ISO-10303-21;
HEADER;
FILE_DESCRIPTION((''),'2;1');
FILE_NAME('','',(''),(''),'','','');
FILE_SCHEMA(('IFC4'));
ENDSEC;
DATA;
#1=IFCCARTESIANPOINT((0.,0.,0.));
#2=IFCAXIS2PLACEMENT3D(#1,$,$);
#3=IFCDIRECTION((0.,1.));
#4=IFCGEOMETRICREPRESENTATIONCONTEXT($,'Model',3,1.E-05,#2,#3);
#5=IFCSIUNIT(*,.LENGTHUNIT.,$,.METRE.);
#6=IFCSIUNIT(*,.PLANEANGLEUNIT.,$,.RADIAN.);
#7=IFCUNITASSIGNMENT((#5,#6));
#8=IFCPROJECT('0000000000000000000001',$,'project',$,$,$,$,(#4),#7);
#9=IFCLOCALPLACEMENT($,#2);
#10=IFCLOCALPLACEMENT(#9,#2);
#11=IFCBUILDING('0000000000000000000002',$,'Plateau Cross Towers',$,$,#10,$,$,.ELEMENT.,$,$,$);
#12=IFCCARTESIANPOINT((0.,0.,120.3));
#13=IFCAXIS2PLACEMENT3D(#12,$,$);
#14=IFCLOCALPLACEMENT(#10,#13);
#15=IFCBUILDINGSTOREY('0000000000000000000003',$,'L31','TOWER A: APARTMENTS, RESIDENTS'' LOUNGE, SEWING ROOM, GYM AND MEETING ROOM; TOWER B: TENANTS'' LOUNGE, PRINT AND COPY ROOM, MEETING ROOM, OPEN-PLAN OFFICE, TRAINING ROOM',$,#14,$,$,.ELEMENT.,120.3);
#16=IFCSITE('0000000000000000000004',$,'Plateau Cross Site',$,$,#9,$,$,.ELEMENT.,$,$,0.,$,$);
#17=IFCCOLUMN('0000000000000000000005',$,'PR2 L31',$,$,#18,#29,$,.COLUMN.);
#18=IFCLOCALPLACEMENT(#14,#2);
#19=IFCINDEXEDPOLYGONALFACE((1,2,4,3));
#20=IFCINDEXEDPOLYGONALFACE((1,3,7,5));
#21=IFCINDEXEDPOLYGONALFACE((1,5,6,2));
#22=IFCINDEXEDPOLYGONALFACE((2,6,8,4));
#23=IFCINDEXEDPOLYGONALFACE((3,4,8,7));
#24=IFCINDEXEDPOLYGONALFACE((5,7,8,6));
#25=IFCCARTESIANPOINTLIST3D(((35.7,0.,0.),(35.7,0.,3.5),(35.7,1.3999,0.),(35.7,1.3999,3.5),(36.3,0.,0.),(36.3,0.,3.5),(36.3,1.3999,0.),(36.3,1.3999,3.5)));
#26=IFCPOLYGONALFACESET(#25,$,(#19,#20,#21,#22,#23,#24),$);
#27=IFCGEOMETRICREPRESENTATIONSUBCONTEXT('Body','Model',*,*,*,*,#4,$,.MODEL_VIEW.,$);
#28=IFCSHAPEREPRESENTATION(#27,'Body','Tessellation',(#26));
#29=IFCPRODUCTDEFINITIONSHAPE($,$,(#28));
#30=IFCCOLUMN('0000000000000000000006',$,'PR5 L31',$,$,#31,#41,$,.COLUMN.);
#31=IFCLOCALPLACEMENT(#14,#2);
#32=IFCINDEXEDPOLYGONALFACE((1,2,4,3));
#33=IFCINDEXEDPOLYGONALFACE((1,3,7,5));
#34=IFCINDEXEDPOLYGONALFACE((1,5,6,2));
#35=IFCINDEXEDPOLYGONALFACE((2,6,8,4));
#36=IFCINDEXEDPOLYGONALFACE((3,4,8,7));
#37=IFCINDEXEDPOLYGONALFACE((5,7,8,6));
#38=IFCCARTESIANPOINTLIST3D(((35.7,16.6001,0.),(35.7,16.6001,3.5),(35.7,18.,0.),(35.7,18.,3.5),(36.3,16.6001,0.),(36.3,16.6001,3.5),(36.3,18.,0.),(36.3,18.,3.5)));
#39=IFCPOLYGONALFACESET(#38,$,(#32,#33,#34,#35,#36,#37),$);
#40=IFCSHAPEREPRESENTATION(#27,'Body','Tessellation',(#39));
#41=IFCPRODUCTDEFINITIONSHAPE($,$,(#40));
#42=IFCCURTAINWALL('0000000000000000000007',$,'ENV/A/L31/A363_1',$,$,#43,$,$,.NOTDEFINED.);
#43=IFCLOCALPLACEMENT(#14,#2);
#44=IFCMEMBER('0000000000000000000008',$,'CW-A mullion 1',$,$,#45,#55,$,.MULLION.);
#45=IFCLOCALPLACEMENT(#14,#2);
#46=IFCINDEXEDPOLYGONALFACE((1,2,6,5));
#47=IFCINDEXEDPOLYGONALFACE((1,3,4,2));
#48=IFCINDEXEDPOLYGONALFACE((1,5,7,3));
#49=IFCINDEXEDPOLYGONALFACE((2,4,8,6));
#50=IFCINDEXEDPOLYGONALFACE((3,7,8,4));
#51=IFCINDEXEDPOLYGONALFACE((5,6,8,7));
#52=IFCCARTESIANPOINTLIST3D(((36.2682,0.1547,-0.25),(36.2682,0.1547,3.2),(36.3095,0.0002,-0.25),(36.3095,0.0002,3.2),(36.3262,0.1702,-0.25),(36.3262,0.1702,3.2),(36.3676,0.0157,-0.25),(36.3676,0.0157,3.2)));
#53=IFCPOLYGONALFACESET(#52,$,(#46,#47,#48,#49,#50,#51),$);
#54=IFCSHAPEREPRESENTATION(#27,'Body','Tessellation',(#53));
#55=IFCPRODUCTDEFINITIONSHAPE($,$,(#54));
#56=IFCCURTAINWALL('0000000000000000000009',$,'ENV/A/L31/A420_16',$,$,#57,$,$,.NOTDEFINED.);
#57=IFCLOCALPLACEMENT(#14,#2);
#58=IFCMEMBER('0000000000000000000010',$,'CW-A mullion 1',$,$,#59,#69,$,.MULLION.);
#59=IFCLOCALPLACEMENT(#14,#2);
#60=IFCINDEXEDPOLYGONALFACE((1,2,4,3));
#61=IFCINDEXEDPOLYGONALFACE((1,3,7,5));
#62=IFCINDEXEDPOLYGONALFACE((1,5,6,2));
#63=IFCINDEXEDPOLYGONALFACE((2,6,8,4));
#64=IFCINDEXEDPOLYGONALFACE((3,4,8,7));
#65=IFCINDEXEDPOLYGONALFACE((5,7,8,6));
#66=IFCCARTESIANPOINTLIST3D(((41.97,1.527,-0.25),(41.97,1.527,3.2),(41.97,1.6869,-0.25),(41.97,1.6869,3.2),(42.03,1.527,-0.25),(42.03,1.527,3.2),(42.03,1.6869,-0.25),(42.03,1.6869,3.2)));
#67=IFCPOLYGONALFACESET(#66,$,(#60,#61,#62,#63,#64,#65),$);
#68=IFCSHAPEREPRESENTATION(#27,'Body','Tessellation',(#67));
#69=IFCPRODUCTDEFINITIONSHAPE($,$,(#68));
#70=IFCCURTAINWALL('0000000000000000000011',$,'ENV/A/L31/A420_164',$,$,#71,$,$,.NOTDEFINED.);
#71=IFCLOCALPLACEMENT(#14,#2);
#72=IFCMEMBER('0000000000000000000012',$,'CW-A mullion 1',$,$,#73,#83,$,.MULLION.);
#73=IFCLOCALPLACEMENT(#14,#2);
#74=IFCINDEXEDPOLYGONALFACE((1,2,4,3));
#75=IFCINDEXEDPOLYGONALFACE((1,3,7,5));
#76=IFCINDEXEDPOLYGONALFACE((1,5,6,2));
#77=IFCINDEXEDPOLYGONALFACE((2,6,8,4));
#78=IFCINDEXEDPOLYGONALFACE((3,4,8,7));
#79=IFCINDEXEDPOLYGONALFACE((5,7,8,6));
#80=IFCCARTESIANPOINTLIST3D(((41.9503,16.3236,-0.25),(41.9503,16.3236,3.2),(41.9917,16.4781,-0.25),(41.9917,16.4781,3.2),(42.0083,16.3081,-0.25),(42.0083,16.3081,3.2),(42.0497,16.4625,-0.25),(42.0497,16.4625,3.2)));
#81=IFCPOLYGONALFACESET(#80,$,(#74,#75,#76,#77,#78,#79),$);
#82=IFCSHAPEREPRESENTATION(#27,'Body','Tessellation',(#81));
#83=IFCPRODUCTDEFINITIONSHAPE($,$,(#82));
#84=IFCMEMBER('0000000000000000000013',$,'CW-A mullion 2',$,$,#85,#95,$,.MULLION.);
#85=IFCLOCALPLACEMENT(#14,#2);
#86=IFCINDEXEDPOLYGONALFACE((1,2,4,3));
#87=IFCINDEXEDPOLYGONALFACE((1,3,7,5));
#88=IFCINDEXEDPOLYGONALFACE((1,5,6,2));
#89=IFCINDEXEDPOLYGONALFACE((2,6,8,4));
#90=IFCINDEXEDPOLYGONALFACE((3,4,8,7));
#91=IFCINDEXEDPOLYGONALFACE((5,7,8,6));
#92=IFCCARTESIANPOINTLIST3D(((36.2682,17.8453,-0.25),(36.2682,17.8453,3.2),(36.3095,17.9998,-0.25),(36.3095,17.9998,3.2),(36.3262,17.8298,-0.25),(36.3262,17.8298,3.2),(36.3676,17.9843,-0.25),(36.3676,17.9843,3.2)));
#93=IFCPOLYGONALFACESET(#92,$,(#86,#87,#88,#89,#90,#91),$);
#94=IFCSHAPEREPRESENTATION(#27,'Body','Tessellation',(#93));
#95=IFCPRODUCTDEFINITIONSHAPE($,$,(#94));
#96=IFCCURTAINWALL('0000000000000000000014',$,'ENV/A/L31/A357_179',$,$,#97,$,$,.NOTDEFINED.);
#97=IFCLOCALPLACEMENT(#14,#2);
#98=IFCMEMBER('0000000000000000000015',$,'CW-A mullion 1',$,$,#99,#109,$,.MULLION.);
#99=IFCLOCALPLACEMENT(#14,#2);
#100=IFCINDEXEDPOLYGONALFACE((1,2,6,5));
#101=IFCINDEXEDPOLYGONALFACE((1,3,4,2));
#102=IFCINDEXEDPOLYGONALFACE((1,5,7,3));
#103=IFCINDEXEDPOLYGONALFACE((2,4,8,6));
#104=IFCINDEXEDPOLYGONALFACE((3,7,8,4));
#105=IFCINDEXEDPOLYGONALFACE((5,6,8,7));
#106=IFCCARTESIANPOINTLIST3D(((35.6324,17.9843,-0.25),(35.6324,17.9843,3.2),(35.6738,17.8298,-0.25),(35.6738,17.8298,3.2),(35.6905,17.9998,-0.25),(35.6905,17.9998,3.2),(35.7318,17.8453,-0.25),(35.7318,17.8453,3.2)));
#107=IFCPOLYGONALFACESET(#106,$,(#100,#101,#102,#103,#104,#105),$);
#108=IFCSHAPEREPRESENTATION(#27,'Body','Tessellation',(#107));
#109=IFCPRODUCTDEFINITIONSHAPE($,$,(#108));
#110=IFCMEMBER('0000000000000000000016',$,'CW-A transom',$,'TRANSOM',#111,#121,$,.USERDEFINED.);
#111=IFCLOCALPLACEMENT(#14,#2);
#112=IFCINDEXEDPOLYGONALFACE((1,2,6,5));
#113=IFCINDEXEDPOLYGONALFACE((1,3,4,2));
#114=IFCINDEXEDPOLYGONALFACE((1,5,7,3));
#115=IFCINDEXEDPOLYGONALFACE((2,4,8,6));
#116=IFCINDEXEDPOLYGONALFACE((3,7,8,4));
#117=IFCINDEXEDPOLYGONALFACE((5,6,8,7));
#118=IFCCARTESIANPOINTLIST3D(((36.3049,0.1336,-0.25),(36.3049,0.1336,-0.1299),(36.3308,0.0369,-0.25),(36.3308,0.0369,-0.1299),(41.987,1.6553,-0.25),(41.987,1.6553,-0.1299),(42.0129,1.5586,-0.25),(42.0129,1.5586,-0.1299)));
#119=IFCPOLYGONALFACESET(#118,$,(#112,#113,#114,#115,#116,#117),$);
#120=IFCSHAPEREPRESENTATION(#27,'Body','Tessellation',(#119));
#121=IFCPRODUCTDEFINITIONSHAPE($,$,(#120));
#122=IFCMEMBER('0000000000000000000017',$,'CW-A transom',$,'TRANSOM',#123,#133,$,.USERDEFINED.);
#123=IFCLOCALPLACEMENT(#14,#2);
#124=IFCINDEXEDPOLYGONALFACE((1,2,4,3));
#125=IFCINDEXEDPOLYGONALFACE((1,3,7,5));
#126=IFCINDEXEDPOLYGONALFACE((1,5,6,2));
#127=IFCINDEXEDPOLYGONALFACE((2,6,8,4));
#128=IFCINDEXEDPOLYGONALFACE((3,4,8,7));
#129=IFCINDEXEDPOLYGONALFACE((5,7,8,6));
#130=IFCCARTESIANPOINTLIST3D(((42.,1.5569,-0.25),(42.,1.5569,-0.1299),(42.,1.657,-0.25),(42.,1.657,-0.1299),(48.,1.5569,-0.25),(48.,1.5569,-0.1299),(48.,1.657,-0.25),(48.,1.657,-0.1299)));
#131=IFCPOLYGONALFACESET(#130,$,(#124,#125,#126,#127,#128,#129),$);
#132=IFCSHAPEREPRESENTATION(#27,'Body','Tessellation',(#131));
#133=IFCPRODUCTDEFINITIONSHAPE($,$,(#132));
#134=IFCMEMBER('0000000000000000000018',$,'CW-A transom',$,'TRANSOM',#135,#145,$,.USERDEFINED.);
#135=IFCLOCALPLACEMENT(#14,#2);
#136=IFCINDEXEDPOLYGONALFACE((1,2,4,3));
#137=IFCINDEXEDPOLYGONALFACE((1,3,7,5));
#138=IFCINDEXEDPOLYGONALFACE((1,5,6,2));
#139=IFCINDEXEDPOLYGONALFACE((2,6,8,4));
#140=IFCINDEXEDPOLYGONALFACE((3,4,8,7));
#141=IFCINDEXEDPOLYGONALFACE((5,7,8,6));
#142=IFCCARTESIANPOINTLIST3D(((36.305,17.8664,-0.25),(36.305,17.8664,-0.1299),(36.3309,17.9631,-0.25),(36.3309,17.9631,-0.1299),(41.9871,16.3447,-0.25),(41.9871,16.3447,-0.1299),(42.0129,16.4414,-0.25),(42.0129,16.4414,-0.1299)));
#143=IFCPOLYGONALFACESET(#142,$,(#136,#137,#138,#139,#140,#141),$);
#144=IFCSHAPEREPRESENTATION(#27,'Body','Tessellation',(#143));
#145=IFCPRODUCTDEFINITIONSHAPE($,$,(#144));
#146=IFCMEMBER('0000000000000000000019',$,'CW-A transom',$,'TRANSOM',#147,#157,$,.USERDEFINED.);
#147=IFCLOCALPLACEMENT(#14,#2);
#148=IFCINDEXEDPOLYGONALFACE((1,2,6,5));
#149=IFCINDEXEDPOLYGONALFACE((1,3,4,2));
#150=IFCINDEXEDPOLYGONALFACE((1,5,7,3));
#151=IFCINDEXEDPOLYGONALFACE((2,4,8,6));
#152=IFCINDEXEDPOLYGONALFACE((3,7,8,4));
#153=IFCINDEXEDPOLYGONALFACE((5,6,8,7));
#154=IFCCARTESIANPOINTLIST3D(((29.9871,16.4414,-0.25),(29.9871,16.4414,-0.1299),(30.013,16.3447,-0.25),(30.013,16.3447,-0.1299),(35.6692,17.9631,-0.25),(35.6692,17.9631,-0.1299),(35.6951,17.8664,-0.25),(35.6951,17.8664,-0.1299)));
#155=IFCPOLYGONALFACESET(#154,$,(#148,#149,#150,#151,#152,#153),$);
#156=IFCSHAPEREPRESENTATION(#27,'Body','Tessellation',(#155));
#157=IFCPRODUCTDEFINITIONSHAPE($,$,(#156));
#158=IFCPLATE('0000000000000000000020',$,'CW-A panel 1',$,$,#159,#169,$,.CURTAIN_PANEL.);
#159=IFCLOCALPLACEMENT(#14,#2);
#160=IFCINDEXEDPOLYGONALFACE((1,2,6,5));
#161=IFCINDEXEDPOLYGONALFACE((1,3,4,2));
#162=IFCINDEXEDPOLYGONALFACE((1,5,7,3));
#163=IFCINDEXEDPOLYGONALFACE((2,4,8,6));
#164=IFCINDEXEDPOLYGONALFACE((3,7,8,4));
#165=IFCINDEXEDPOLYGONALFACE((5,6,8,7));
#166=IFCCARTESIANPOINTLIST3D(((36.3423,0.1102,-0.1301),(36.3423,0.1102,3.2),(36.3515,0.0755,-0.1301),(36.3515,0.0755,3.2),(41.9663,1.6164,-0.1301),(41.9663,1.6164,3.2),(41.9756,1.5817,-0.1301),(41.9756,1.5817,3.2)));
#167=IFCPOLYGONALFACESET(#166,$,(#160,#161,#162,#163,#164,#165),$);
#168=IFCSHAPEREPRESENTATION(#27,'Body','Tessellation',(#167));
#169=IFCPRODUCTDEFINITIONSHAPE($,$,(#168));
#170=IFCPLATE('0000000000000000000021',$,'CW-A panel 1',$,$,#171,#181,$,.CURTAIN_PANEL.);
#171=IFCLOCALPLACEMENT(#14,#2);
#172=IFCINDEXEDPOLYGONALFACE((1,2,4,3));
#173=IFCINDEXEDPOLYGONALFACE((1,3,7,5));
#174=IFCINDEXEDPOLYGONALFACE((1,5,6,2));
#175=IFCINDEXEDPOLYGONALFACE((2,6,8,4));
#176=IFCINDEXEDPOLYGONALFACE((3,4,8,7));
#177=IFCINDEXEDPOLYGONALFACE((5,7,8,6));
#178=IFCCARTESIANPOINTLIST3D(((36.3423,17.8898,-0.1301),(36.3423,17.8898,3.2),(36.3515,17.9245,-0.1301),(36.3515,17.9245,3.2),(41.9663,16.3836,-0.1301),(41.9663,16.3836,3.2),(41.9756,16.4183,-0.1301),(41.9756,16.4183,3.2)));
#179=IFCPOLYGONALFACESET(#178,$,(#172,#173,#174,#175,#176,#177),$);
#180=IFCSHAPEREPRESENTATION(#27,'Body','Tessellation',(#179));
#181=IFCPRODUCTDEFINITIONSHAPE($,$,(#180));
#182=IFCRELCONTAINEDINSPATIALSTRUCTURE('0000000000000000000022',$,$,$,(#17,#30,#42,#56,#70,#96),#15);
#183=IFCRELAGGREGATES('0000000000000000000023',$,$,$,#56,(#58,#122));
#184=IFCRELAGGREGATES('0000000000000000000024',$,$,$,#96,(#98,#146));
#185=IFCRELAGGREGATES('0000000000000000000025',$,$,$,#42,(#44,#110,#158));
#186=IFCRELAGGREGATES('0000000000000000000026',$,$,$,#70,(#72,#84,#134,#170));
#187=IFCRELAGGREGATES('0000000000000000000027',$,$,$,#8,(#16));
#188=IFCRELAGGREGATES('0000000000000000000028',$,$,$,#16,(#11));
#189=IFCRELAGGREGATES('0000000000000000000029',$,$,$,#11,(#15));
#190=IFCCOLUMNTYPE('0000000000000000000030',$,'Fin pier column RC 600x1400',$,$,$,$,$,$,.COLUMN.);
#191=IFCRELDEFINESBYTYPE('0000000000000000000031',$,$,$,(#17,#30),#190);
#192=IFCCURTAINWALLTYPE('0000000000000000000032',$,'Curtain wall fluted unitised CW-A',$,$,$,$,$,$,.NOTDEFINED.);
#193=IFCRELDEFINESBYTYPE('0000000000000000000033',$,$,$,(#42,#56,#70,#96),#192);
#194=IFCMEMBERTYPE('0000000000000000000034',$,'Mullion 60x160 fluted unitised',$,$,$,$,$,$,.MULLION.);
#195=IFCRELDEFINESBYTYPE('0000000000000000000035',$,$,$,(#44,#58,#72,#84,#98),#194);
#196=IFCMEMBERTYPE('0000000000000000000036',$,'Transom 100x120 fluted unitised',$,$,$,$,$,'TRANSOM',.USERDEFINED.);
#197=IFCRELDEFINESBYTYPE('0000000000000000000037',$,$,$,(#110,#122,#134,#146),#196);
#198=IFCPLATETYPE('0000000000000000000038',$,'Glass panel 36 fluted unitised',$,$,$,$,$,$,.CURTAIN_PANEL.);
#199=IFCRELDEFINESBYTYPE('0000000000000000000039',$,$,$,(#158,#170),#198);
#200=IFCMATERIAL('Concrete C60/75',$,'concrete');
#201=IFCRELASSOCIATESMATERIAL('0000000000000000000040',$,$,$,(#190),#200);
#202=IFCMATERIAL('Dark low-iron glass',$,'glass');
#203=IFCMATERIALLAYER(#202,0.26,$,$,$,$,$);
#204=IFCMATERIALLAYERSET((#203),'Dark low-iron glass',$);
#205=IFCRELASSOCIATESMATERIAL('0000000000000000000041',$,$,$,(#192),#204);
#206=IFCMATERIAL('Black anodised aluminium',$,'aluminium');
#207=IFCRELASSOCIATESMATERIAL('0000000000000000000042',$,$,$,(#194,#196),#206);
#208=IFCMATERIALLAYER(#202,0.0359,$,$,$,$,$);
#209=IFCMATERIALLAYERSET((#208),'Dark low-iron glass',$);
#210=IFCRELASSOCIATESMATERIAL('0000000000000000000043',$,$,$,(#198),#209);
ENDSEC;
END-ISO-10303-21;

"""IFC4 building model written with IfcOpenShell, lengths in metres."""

from ifc_helpers import new_model, si_unit, direction, frame, origin, origin_2d, place, context, subcontext, project, spatial, rectangle, extrude, material, layer, layer_set, material_profile, profile_set, type_object, element, aggregate, save


model = new_model("IFC4")

# Units and contexts
model_context = context("Model", 3, precision=1e-05, world=origin(), true_north=direction((0.0, 1.0)))
body_context = subcontext(model_context, "Body", "Model", "MODEL_VIEW")
ifc_project = project(units=[si_unit("LENGTHUNIT", "METRE"), si_unit("PLANEANGLEUNIT", "RADIAN")], contexts=[model_context])

# Site, building, storey
site_placement = place(None, origin())
site = spatial("IfcSite", under=ifc_project, at=site_placement, Name="Plateau Cross Site", CompositionType="ELEMENT", RefElevation=0.0)
building_placement = place(site_placement, origin())
building = spatial("IfcBuilding", under=site, at=building_placement, Name="Plateau Cross Towers", CompositionType="ELEMENT")
storey_placement = place(building_placement, frame((0.0, 0.0, 120.3)))
storey = spatial("IfcBuildingStorey", under=building, at=storey_placement, Name="L31", Description="TOWER A: APARTMENTS, RESIDENTS' LOUNGE, SEWING ROOM, GYM AND MEETING ROOM; TOWER B: TENANTS' LOUNGE, PRINT AND COPY ROOM, MEETING ROOM, OPEN-PLAN OFFICE, TRAINING ROOM", CompositionType="ELEMENT", Elevation=120.3)

# Columns
ifc_material_1 = material(Name="Concrete C60/75", Category="concrete")
ifc_material_profile_1 = material_profile(ifc_material_1, rectangle(XDim=0.6001, YDim=1.3999, at=origin_2d()), Name="RC 600x1400")
ifc_profile_set_1 = profile_set([ifc_material_profile_1], Name="Concrete C60/75")
column_type = type_object("IfcColumnType", Name="Fin pier column RC 600x1400", PredefinedType="COLUMN", material=ifc_profile_set_1)
for number, where, z_axis, x_axis, name in (
    (1, (36.0, 0.7, 0.0), (0.0, 0.0, 1.0), (1.0, 0.0, 0.0), "PR2 L31"),
    (2, (36.0, 17.3, 0.0), (0.0, 0.0, 1.0), (1.0, 0.0, 0.0), "PR5 L31"),
):
    element("IfcColumn", number, at=place(storey_placement, frame(where, z_axis=z_axis, x_axis=x_axis)), inside=storey, type_object=column_type, Name=name, PredefinedType="COLUMN", context=body_context, shape_type="SweptSolid", body=[
        extrude(rectangle(XDim=0.6001, YDim=1.3999, at=origin_2d()), origin(), (0.0, 0.0, 1.0), 3.5),
    ])

# Curtain walls, members
ifc_material_2 = material(Name="Dark low-iron glass", Category="glass")
ifc_layer_1 = layer(ifc_material_2, 0.26)
ifc_layer_set_1 = layer_set([ifc_layer_1], Name="Dark low-iron glass")
curtain_wall_type = type_object("IfcCurtainWallType", Name="Curtain wall fluted unitised CW-A", PredefinedType="NOTDEFINED", material=ifc_layer_set_1)
curtain_wall_1_placement = place(storey_placement, origin())
curtain_wall_1 = element("IfcCurtainWall", 3, at=curtain_wall_1_placement, inside=storey, type_object=curtain_wall_type, Name="ENV/A/L31/A363_1", PredefinedType="NOTDEFINED")
ifc_material_3 = material(Name="Black anodised aluminium", Category="aluminium")
ifc_material_profile_2 = material_profile(ifc_material_3, rectangle(XDim=0.0601, YDim=0.1599, at=origin_2d()), Name="MULLION 60x160")
ifc_profile_set_2 = profile_set([ifc_material_profile_2], Name="Black anodised aluminium")
member_type_1 = type_object("IfcMemberType", Name="Mullion 60x160 fluted unitised", PredefinedType="MULLION", material=ifc_profile_set_2)
member_1_placement = place(storey_placement, frame((36.3179, 0.0852, -0.25), z_axis=(0.0, 0.0, 1.0), x_axis=(0.965958, 0.258699, 0.0)))
member_1 = element("IfcMember", 4, at=member_1_placement, type_object=member_type_1, Name="CW-A mullion 1", PredefinedType="MULLION", context=body_context, shape_type="SweptSolid", body=[
    extrude(rectangle(XDim=0.0601, YDim=0.1599, at=origin_2d()), origin(), (0.0, 0.0, 1.0), 3.45),
])
curtain_wall_2_placement = place(storey_placement, origin())
curtain_wall_2 = element("IfcCurtainWall", 5, at=curtain_wall_2_placement, inside=storey, type_object=curtain_wall_type, Name="ENV/A/L31/A420_16", PredefinedType="NOTDEFINED")
member_2_placement = place(storey_placement, frame((42.0, 1.6069, -0.25), z_axis=(0.0, 0.0, 1.0), x_axis=(1.0, 0.0, 0.0)))
member_2 = element("IfcMember", 6, at=member_2_placement, type_object=member_type_1, Name="CW-A mullion 1", PredefinedType="MULLION", context=body_context, shape_type="SweptSolid", body=[
    extrude(rectangle(XDim=0.0601, YDim=0.1599, at=origin_2d()), origin(), (0.0, 0.0, 1.0), 3.45),
])

# Curtain wall, members
curtain_wall_3_placement = place(storey_placement, origin())
curtain_wall_3 = element("IfcCurtainWall", 7, at=curtain_wall_3_placement, inside=storey, type_object=curtain_wall_type, Name="ENV/A/L31/A420_164", PredefinedType="NOTDEFINED")
member_3_placement = place(storey_placement, frame((42.0, 16.3931, -0.25), z_axis=(0.0, 0.0, 1.0), x_axis=(-0.965958, 0.258699, 0.0)))
member_3 = element("IfcMember", 8, at=member_3_placement, type_object=member_type_1, Name="CW-A mullion 1", PredefinedType="MULLION", context=body_context, shape_type="SweptSolid", body=[
    extrude(rectangle(XDim=0.0601, YDim=0.1599, at=origin_2d()), origin(), (0.0, 0.0, 1.0), 3.45),
])
member_4_placement = place(storey_placement, frame((36.3179, 17.9148, -0.25), z_axis=(0.0, 0.0, 1.0), x_axis=(-0.965958, 0.258699, 0.0)))
member_4 = element("IfcMember", 9, at=member_4_placement, type_object=member_type_1, Name="CW-A mullion 2", PredefinedType="MULLION", context=body_context, shape_type="SweptSolid", body=[
    extrude(rectangle(XDim=0.0601, YDim=0.1599, at=origin_2d()), origin(), (0.0, 0.0, 1.0), 3.45),
])

# Curtain wall, member
curtain_wall_4_placement = place(storey_placement, origin())
curtain_wall_4 = element("IfcCurtainWall", 10, at=curtain_wall_4_placement, inside=storey, type_object=curtain_wall_type, Name="ENV/A/L31/A357_179", PredefinedType="NOTDEFINED")
member_5_placement = place(storey_placement, frame((35.6821, 17.9148, -0.25), z_axis=(0.0, 0.0, 1.0), x_axis=(-0.965958, -0.258699, 0.0)))
member_5 = element("IfcMember", 11, at=member_5_placement, type_object=member_type_1, Name="CW-A mullion 1", PredefinedType="MULLION", context=body_context, shape_type="SweptSolid", body=[
    extrude(rectangle(XDim=0.0601, YDim=0.1599, at=origin_2d()), origin(), (0.0, 0.0, 1.0), 3.45),
])

# Members
ifc_material_profile_3 = material_profile(ifc_material_3, rectangle(XDim=0.1001, YDim=0.1201, at=origin_2d()), Name="TRANSOM 100x120")
ifc_profile_set_3 = profile_set([ifc_material_profile_3], Name="Black anodised aluminium")
member_type_2 = type_object("IfcMemberType", Name="Transom 100x120 fluted unitised", ElementType="TRANSOM", PredefinedType="USERDEFINED", material=ifc_profile_set_3)
member_6_placement = place(storey_placement, frame((36.3179, 0.0852, -0.1899), z_axis=(0.96596, 0.258693, 0.0), x_axis=(-0.258693, 0.96596, 0.0)))
member_6 = element("IfcMember", 12, at=member_6_placement, type_object=member_type_2, Name="CW-A transom", ObjectType="TRANSOM", PredefinedType="USERDEFINED", context=body_context, shape_type="SweptSolid", body=[
    extrude(rectangle(XDim=0.1001, YDim=0.1201, at=origin_2d()), origin(), (0.0, 0.0, 1.0), 5.8823),
])
member_7_placement = place(storey_placement, frame((42.0, 1.6069, -0.1899), z_axis=(1.0, 0.0, 0.0), x_axis=(0.0, 1.0, 0.0)))
member_7 = element("IfcMember", 13, at=member_7_placement, type_object=member_type_2, Name="CW-A transom", ObjectType="TRANSOM", PredefinedType="USERDEFINED", context=body_context, shape_type="SweptSolid", body=[
    extrude(rectangle(XDim=0.1001, YDim=0.1201, at=origin_2d()), origin(), (0.0, 0.0, 1.0), 6.0),
])
aggregate(curtain_wall_2, [member_2, member_7])
member_8_placement = place(storey_placement, frame((42.0, 16.3931, -0.1899), z_axis=(-0.96596, 0.258693, 0.0), x_axis=(-0.258693, -0.96596, 0.0)))
member_8 = element("IfcMember", 14, at=member_8_placement, type_object=member_type_2, Name="CW-A transom", ObjectType="TRANSOM", PredefinedType="USERDEFINED", context=body_context, shape_type="SweptSolid", body=[
    extrude(rectangle(XDim=0.1001, YDim=0.1201, at=origin_2d()), origin(), (0.0, 0.0, 1.0), 5.8823),
])
member_9_placement = place(storey_placement, frame((35.6821, 17.9148, -0.1899), z_axis=(-0.96596, -0.258693, 0.0), x_axis=(0.258693, -0.96596, 0.0)))
member_9 = element("IfcMember", 15, at=member_9_placement, type_object=member_type_2, Name="CW-A transom", ObjectType="TRANSOM", PredefinedType="USERDEFINED", context=body_context, shape_type="SweptSolid", body=[
    extrude(rectangle(XDim=0.1001, YDim=0.1201, at=origin_2d()), origin(), (0.0, 0.0, 1.0), 5.8823),
])
aggregate(curtain_wall_4, [member_5, member_9])

# Plates
ifc_layer_2 = layer(ifc_material_2, 0.0359)
ifc_layer_set_2 = layer_set([ifc_layer_2], Name="Dark low-iron glass")
plate_type = type_object("IfcPlateType", Name="Glass panel 36 fluted unitised", PredefinedType="CURTAIN_PANEL", material=ifc_layer_set_2)
plate_1_placement = place(storey_placement, frame((39.1589, 0.8459, -0.1301), z_axis=(0.0, 0.0, 1.0), x_axis=(0.965958, 0.258699, 0.0)))
plate_1 = element("IfcPlate", 16, at=plate_1_placement, type_object=plate_type, Name="CW-A panel 1", PredefinedType="CURTAIN_PANEL", context=body_context, shape_type="SweptSolid", body=[
    extrude(rectangle(XDim=5.8223, YDim=0.0359, at=origin_2d()), origin(), (0.0, 0.0, 1.0), 3.3301),
])
aggregate(curtain_wall_1, [member_1, member_6, plate_1])
plate_2_placement = place(storey_placement, frame((39.1589, 17.1541, -0.1301), z_axis=(0.0, 0.0, 1.0), x_axis=(-0.965958, 0.258699, 0.0)))
plate_2 = element("IfcPlate", 17, at=plate_2_placement, type_object=plate_type, Name="CW-A panel 1", PredefinedType="CURTAIN_PANEL", context=body_context, shape_type="SweptSolid", body=[
    extrude(rectangle(XDim=5.8223, YDim=0.0359, at=origin_2d()), origin(), (0.0, 0.0, 1.0), 3.3301),
])
aggregate(curtain_wall_3, [member_3, member_4, member_8, plate_2])

save(model, "model.ifc")
